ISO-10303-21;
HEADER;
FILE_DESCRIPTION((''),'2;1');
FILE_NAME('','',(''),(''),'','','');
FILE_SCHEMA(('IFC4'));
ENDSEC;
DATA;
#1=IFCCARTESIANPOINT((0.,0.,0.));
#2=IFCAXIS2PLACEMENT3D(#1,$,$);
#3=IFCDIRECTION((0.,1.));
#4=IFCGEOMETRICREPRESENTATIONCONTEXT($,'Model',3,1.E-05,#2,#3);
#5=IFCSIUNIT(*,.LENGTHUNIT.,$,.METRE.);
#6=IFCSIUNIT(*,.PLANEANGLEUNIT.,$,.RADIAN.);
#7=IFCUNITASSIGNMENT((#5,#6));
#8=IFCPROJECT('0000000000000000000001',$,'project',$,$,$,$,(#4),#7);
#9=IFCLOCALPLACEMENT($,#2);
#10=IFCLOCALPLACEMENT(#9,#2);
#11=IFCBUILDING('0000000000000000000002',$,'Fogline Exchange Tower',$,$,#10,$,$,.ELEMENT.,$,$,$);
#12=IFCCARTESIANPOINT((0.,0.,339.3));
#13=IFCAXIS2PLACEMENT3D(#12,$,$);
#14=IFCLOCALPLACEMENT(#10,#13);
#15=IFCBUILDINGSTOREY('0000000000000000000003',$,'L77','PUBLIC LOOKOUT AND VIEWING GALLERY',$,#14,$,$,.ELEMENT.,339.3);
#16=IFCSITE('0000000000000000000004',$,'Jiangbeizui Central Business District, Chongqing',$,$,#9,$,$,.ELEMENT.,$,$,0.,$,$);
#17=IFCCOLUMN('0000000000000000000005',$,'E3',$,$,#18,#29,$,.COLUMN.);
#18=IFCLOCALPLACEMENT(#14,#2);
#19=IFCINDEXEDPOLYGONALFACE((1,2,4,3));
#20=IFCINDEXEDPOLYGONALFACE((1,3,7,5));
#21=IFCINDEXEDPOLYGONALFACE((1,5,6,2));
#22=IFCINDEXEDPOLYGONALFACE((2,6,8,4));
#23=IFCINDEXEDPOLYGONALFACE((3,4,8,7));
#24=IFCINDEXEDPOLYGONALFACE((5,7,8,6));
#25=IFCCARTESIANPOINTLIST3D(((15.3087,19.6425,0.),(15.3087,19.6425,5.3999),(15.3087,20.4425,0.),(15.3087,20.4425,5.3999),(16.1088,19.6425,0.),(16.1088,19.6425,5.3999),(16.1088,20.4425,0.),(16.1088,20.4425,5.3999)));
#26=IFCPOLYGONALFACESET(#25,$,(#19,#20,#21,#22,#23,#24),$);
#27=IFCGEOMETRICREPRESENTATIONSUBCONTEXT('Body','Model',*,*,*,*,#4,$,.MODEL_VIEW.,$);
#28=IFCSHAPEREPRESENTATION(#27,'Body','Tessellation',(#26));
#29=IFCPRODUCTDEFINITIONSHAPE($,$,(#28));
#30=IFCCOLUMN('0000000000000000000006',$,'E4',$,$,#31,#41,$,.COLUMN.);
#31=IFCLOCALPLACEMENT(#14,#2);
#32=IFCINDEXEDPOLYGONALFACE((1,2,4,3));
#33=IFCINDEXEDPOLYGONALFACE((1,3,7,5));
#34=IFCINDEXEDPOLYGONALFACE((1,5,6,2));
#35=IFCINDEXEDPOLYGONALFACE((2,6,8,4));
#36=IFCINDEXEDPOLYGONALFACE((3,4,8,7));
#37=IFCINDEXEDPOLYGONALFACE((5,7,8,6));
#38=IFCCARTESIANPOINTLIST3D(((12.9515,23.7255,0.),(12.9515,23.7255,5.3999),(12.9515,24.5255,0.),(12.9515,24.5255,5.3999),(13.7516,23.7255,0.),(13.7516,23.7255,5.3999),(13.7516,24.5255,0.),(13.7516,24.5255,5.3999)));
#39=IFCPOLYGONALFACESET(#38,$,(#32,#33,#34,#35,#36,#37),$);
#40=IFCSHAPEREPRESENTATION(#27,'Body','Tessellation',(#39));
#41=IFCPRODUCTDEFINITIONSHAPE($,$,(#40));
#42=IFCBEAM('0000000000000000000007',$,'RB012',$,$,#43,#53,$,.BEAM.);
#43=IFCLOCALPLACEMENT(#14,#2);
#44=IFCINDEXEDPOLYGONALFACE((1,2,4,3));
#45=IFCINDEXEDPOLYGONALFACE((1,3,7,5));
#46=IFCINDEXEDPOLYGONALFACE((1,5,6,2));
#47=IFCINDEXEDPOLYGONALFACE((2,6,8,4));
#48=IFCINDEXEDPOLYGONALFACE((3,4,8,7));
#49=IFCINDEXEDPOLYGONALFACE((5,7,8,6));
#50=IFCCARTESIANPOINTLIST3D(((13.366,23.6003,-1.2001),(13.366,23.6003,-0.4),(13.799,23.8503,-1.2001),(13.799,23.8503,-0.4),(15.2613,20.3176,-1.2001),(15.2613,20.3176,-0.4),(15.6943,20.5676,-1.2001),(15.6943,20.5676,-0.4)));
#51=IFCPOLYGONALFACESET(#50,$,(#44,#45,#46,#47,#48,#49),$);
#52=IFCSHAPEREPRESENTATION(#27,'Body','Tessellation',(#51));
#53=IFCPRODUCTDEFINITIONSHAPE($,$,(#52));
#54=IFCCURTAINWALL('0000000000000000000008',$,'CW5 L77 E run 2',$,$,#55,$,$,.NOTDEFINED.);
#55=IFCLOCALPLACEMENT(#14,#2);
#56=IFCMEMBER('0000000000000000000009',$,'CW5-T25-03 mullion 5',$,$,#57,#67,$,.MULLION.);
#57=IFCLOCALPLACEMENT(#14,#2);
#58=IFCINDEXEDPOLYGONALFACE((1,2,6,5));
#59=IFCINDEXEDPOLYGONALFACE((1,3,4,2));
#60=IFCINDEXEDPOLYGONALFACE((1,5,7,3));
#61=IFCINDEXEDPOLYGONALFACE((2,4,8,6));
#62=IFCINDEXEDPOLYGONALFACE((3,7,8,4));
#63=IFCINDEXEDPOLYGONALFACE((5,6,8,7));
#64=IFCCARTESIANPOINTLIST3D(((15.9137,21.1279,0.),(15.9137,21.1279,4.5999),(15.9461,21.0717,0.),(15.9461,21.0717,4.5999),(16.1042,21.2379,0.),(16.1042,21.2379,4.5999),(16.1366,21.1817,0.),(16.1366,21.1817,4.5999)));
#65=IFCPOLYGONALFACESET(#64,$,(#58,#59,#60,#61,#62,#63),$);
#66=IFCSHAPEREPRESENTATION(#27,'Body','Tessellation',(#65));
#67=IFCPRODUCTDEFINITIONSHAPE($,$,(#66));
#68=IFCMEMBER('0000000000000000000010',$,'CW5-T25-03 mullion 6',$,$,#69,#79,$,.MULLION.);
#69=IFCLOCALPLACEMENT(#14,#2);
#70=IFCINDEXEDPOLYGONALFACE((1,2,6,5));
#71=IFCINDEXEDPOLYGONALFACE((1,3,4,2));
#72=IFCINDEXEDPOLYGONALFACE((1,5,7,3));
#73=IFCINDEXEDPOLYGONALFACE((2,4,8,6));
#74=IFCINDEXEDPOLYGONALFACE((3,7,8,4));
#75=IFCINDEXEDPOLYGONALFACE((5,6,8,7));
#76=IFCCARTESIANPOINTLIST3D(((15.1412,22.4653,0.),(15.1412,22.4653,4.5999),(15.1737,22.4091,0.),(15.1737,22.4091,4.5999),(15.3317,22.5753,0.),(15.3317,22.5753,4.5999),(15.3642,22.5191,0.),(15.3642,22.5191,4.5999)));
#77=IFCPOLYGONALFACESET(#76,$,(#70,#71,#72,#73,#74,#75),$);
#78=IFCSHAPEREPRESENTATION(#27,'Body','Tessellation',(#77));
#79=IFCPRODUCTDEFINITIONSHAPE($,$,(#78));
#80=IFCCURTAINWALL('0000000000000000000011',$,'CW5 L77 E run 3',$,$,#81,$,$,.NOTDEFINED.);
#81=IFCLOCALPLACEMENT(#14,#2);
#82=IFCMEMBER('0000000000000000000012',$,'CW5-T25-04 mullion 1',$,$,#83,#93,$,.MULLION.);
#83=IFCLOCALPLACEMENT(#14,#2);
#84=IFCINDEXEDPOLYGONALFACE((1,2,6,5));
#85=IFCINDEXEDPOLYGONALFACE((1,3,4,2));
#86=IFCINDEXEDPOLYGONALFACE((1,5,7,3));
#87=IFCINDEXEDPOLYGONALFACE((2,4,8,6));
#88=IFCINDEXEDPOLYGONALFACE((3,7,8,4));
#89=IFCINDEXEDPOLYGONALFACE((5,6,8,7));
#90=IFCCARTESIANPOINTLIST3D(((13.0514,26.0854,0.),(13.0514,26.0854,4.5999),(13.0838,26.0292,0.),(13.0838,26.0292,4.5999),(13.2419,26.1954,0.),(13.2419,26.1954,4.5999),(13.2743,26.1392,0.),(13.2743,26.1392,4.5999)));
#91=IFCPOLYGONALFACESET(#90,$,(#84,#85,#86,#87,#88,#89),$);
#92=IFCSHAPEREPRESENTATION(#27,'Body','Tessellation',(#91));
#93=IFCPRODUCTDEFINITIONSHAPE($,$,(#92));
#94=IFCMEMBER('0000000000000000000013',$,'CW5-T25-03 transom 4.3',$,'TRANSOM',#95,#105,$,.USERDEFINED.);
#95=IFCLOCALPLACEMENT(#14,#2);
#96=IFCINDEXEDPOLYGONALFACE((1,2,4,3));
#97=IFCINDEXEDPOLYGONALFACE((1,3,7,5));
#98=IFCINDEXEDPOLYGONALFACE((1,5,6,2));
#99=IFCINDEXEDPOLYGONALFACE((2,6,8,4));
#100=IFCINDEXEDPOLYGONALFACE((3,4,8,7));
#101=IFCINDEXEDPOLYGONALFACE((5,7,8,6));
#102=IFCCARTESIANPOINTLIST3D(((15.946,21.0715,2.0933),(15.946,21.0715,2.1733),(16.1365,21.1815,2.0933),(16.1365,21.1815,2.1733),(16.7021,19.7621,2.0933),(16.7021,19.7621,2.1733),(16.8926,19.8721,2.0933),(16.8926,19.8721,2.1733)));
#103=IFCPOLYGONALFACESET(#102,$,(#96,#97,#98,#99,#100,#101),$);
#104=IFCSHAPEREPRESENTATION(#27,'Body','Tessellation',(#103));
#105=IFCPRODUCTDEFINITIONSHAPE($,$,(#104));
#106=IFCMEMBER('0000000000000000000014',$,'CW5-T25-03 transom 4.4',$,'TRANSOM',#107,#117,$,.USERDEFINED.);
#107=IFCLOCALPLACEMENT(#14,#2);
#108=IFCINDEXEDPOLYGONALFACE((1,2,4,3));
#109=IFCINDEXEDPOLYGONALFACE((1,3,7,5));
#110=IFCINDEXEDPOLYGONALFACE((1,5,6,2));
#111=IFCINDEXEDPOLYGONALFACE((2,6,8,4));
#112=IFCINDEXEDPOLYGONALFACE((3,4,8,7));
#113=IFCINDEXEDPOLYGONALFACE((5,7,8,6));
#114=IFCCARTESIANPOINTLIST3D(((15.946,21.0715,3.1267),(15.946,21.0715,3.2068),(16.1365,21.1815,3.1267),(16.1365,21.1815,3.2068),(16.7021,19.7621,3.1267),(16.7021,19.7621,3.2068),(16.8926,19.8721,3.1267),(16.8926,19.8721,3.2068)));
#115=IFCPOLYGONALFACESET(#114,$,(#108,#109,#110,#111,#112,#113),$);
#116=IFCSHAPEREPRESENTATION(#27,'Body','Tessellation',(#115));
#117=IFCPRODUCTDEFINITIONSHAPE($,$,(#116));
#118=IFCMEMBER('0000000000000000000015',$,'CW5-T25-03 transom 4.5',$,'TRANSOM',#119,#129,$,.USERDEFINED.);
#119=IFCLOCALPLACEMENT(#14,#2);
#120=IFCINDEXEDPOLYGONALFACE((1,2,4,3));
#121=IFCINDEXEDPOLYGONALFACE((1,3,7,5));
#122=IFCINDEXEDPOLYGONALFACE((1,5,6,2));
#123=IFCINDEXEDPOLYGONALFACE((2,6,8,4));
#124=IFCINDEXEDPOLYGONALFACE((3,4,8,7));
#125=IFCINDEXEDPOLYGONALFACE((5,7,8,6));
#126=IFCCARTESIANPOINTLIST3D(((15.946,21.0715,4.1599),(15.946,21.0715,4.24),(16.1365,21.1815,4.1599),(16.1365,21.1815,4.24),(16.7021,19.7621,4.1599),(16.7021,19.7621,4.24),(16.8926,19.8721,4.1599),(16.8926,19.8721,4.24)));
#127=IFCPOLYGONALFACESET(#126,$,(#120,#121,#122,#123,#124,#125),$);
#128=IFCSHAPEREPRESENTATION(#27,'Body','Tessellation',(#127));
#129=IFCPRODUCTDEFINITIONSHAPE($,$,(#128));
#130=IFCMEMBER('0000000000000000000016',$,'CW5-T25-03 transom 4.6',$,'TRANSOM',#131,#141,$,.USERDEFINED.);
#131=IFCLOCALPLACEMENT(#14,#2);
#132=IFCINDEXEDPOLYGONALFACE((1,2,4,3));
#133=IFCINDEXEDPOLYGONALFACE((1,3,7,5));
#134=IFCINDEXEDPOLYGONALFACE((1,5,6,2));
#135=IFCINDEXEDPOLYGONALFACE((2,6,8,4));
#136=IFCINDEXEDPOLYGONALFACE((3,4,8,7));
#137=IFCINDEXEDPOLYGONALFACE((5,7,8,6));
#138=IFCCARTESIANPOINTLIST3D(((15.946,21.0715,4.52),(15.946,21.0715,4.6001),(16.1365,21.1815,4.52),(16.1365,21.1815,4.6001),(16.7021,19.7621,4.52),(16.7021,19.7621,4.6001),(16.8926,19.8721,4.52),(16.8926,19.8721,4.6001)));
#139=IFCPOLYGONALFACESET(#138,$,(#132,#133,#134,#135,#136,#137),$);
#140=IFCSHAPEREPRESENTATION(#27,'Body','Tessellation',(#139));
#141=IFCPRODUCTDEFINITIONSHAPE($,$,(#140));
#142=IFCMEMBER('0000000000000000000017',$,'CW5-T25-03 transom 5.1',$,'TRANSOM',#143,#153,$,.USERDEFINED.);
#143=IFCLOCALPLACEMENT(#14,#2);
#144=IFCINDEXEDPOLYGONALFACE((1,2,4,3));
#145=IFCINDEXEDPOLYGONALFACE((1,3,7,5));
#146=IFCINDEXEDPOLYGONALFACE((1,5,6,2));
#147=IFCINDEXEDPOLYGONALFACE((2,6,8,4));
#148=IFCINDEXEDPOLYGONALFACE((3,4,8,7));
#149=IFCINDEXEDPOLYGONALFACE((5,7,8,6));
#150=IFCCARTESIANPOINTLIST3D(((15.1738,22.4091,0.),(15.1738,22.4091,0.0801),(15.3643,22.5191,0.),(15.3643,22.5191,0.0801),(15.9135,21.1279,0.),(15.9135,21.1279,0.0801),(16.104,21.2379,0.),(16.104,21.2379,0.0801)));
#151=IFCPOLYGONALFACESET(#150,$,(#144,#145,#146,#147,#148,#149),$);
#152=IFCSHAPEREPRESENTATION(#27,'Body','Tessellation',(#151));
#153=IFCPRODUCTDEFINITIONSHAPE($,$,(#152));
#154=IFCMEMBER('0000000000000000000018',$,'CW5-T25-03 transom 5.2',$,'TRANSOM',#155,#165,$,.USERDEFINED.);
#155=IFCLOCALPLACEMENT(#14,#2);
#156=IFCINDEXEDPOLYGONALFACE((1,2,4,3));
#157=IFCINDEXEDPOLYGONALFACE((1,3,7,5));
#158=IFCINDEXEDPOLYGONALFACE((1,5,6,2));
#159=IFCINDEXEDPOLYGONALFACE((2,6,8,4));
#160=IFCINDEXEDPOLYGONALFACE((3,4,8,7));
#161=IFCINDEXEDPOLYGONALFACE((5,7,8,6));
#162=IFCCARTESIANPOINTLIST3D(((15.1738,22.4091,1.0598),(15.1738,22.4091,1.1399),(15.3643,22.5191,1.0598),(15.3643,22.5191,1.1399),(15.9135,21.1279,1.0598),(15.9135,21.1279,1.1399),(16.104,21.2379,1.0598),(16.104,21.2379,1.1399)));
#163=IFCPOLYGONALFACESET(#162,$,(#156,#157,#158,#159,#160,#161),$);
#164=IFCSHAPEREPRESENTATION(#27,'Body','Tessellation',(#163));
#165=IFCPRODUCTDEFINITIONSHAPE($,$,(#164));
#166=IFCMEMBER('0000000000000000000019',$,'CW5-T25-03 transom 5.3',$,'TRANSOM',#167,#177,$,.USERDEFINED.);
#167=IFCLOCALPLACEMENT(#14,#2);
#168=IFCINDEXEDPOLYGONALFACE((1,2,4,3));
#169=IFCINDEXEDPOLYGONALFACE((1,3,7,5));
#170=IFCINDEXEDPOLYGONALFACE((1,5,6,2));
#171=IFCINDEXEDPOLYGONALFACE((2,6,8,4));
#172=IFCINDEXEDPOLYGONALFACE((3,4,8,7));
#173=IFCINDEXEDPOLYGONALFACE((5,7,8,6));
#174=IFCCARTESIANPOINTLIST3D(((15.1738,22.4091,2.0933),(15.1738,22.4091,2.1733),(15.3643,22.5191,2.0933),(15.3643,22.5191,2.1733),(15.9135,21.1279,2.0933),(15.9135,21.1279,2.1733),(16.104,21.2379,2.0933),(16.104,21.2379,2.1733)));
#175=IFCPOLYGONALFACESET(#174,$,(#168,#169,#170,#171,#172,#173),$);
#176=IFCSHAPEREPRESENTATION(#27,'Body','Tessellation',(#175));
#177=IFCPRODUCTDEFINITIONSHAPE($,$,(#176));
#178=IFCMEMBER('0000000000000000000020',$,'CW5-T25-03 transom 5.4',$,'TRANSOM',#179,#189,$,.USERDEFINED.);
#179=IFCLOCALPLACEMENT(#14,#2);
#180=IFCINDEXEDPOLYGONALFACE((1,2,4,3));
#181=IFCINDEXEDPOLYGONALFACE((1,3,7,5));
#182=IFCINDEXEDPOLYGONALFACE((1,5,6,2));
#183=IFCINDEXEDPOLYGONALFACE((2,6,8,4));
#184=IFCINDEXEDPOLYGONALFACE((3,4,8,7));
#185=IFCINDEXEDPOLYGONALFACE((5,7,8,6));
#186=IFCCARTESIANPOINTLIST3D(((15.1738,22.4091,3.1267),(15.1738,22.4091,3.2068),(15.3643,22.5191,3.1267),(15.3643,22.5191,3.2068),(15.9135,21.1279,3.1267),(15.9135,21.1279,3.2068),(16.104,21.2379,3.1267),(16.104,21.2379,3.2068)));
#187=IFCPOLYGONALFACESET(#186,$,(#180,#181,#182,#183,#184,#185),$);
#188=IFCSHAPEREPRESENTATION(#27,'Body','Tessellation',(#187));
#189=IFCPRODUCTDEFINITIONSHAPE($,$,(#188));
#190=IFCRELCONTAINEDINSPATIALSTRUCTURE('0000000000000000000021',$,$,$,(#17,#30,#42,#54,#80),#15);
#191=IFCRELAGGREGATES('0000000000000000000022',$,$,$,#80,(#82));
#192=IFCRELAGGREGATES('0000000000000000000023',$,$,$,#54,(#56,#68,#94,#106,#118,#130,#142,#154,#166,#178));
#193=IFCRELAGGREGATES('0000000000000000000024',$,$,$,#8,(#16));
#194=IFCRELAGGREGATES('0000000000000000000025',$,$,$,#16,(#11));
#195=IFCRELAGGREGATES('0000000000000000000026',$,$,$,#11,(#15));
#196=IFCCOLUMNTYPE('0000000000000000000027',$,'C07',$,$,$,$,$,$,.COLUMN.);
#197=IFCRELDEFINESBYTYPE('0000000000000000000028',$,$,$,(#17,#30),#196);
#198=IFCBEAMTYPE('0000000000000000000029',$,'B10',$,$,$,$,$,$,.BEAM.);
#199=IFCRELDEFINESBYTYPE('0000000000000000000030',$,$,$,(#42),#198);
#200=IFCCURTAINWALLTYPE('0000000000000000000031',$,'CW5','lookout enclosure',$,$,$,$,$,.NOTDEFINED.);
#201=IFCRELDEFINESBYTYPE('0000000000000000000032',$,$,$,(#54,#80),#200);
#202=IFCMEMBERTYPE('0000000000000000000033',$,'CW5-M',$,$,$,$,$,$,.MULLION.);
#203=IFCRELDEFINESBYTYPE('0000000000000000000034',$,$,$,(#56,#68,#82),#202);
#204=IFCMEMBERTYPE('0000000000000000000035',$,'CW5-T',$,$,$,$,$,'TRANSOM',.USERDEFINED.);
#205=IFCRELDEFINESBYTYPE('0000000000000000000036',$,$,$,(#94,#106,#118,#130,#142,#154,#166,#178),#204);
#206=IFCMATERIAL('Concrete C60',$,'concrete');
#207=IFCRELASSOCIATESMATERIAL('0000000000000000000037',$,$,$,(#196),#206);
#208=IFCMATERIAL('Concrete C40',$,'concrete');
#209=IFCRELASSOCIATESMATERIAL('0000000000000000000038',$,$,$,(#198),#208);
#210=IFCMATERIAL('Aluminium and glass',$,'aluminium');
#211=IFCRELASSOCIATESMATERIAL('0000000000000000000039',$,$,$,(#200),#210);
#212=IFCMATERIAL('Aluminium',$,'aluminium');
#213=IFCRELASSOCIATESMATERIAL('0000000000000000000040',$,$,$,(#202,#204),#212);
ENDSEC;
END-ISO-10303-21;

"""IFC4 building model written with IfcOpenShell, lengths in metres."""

from ifc_helpers import new_model, si_unit, direction, frame, origin, origin_2d, place, context, subcontext, project, spatial, rectangle, extrude, material, material_profile, profile_set, type_object, element, aggregate, save


model = new_model("IFC4")

# Units and contexts
model_context = context("Model", 3, precision=1e-05, world=origin(), true_north=direction((0.0, 1.0)))
body_context = subcontext(model_context, "Body", "Model", "MODEL_VIEW")
ifc_project = project(units=[si_unit("LENGTHUNIT", "METRE"), si_unit("PLANEANGLEUNIT", "RADIAN")], contexts=[model_context])

# Site, building, storey
site_placement = place(None, origin())
site = spatial("IfcSite", under=ifc_project, at=site_placement, Name="Jiangbeizui Central Business District, Chongqing", CompositionType="ELEMENT", RefElevation=0.0)
building_placement = place(site_placement, origin())
building = spatial("IfcBuilding", under=site, at=building_placement, Name="Fogline Exchange Tower", CompositionType="ELEMENT")
storey_placement = place(building_placement, frame((0.0, 0.0, 339.3)))
storey = spatial("IfcBuildingStorey", under=building, at=storey_placement, Name="L77", Description="PUBLIC LOOKOUT AND VIEWING GALLERY", CompositionType="ELEMENT", Elevation=339.3)

# Columns
ifc_material_1 = material(Name="Concrete C60", Category="concrete")
ifc_material_profile_1 = material_profile(ifc_material_1, rectangle(XDim=0.8, YDim=0.8, at=origin_2d()), Name="RC 800x800")
ifc_profile_set_1 = profile_set([ifc_material_profile_1], Name="Concrete C60")
column_type = type_object("IfcColumnType", Name="C07", PredefinedType="COLUMN", material=ifc_profile_set_1)
for number, where, z_axis, x_axis, name in (
    (1, (15.7087, 20.0425, 0.0), (0.0, 0.0, 1.0), (1.0, 0.0, 0.0), "E3"),
    (2, (13.3516, 24.1255, 0.0), (0.0, 0.0, 1.0), (1.0, 0.0, 0.0), "E4"),
):
    element("IfcColumn", number, at=place(storey_placement, frame(where, z_axis=z_axis, x_axis=x_axis)), inside=storey, type_object=column_type, Name=name, PredefinedType="COLUMN", context=body_context, shape_type="SweptSolid", body=[
        extrude(rectangle(XDim=0.8, YDim=0.8, at=origin_2d()), origin(), (0.0, 0.0, 1.0), 5.3999),
    ])

# Beam
ifc_material_2 = material(Name="Concrete C40", Category="concrete")
ifc_material_profile_2 = material_profile(ifc_material_2, rectangle(XDim=0.5, YDim=0.8, at=origin_2d()), Name="RC 500x800")
ifc_profile_set_2 = profile_set([ifc_material_profile_2], Name="Concrete C40")
beam_type = type_object("IfcBeamType", Name="B10", PredefinedType="BEAM", material=ifc_profile_set_2)
beam_placement = place(storey_placement, frame((15.4778, 20.4426, -0.8), z_axis=(-0.499998, 0.866027, 0.0), x_axis=(-0.866027, -0.499998, 0.0)))
element("IfcBeam", 3, at=beam_placement, inside=storey, type_object=beam_type, Name="RB012", PredefinedType="BEAM", context=body_context, shape_type="SweptSolid", body=[
    extrude(rectangle(XDim=0.5, YDim=0.8, at=origin_2d()), origin(), (0.0, 0.0, 1.0), 3.7905),
])

# Curtain wall, members
ifc_material_3 = material(Name="Aluminium and glass", Category="aluminium")
curtain_wall_type = type_object("IfcCurtainWallType", Name="CW5", Description="lookout enclosure", PredefinedType="NOTDEFINED", material=ifc_material_3)
curtain_wall_1_placement = place(storey_placement, origin())
curtain_wall_1 = element("IfcCurtainWall", 4, at=curtain_wall_1_placement, inside=storey, type_object=curtain_wall_type, Name="CW5 L77 E run 2", PredefinedType="NOTDEFINED")
ifc_material_4 = material(Name="Aluminium", Category="aluminium")
ifc_material_profile_3 = material_profile(ifc_material_4, rectangle(XDim=0.22, YDim=0.0649, at=origin_2d()), Name="Mullion 65x220")
ifc_profile_set_3 = profile_set([ifc_material_profile_3], Name="Aluminium")
member_type_1 = type_object("IfcMemberType", Name="CW5-M", PredefinedType="MULLION", material=ifc_profile_set_3)
member_1_placement = place(storey_placement, frame((16.0251, 21.1548, 0.0), z_axis=(0.0, 0.0, 1.0), x_axis=(-0.866025, -0.5, 0.0)))
member_1 = element("IfcMember", 5, at=member_1_placement, type_object=member_type_1, Name="CW5-T25-03 mullion 5", PredefinedType="MULLION", context=body_context, shape_type="SweptSolid", body=[
    extrude(rectangle(XDim=0.22, YDim=0.0649, at=origin_2d()), origin(), (0.0, 0.0, 1.0), 4.5999),
])
member_2_placement = place(storey_placement, frame((15.2527, 22.4922, 0.0), z_axis=(0.0, 0.0, 1.0), x_axis=(-0.866025, -0.5, 0.0)))
member_2 = element("IfcMember", 6, at=member_2_placement, type_object=member_type_1, Name="CW5-T25-03 mullion 6", PredefinedType="MULLION", context=body_context, shape_type="SweptSolid", body=[
    extrude(rectangle(XDim=0.22, YDim=0.0649, at=origin_2d()), origin(), (0.0, 0.0, 1.0), 4.5999),
])

# Curtain wall, member
curtain_wall_2_placement = place(storey_placement, origin())
curtain_wall_2 = element("IfcCurtainWall", 7, at=curtain_wall_2_placement, inside=storey, type_object=curtain_wall_type, Name="CW5 L77 E run 3", PredefinedType="NOTDEFINED")
member_3_placement = place(storey_placement, frame((13.1628, 26.1123, 0.0), z_axis=(0.0, 0.0, 1.0), x_axis=(-0.866025, -0.5, 0.0)))
member_3 = element("IfcMember", 8, at=member_3_placement, type_object=member_type_1, Name="CW5-T25-04 mullion 1", PredefinedType="MULLION", context=body_context, shape_type="SweptSolid", body=[
    extrude(rectangle(XDim=0.22, YDim=0.0649, at=origin_2d()), origin(), (0.0, 0.0, 1.0), 4.5999),
])

# Members
ifc_material_profile_4 = material_profile(ifc_material_4, rectangle(XDim=0.22, YDim=0.0801, at=origin_2d()), Name="Transom 80x220")
ifc_profile_set_4 = profile_set([ifc_material_profile_4], Name="Aluminium")
member_type_2 = type_object("IfcMemberType", Name="CW5-T", ElementType="TRANSOM", PredefinedType="USERDEFINED", material=ifc_profile_set_4)
member_4_placement = place(storey_placement, frame((16.7974, 19.8171, 2.1333), z_axis=(-0.500081, 0.865979, 0.0), x_axis=(-0.865979, -0.500081, 0.0)))
member_4 = element("IfcMember", 9, at=member_4_placement, type_object=member_type_2, Name="CW5-T25-03 transom 4.3", ObjectType="TRANSOM", PredefinedType="USERDEFINED", context=body_context, shape_type="SweptSolid", body=[
    extrude(rectangle(XDim=0.22, YDim=0.0801, at=origin_2d()), origin(), (0.0, 0.0, 1.0), 1.512),
])
member_5_placement = place(storey_placement, frame((16.7974, 19.8171, 3.1667), z_axis=(-0.500081, 0.865979, 0.0), x_axis=(-0.865979, -0.500081, 0.0)))
member_5 = element("IfcMember", 10, at=member_5_placement, type_object=member_type_2, Name="CW5-T25-03 transom 4.4", ObjectType="TRANSOM", PredefinedType="USERDEFINED", context=body_context, shape_type="SweptSolid", body=[
    extrude(rectangle(XDim=0.22, YDim=0.0801, at=origin_2d()), origin(), (0.0, 0.0, 1.0), 1.512),
])
member_6_placement = place(storey_placement, frame((16.7974, 19.8171, 4.2), z_axis=(-0.500081, 0.865979, 0.0), x_axis=(-0.865979, -0.500081, 0.0)))
member_6 = element("IfcMember", 11, at=member_6_placement, type_object=member_type_2, Name="CW5-T25-03 transom 4.5", ObjectType="TRANSOM", PredefinedType="USERDEFINED", context=body_context, shape_type="SweptSolid", body=[
    extrude(rectangle(XDim=0.22, YDim=0.0801, at=origin_2d()), origin(), (0.0, 0.0, 1.0), 1.512),
])
member_7_placement = place(storey_placement, frame((16.7974, 19.8171, 4.5601), z_axis=(-0.500081, 0.865979, 0.0), x_axis=(-0.865979, -0.500081, 0.0)))
member_7 = element("IfcMember", 12, at=member_7_placement, type_object=member_type_2, Name="CW5-T25-03 transom 4.6", ObjectType="TRANSOM", PredefinedType="USERDEFINED", context=body_context, shape_type="SweptSolid", body=[
    extrude(rectangle(XDim=0.22, YDim=0.0801, at=origin_2d()), origin(), (0.0, 0.0, 1.0), 1.512),
])
member_8_placement = place(storey_placement, frame((16.0088, 21.1829, 0.04), z_axis=(-0.500008, 0.866021, 0.0), x_axis=(-0.866021, -0.500008, 0.0)))
member_8 = element("IfcMember", 13, at=member_8_placement, type_object=member_type_2, Name="CW5-T25-03 transom 5.1", ObjectType="TRANSOM", PredefinedType="USERDEFINED", context=body_context, shape_type="SweptSolid", body=[
    extrude(rectangle(XDim=0.22, YDim=0.0801, at=origin_2d()), origin(), (0.0, 0.0, 1.0), 1.4795),
])
member_9_placement = place(storey_placement, frame((16.0088, 21.1829, 1.0999), z_axis=(-0.500008, 0.866021, 0.0), x_axis=(-0.866021, -0.500008, 0.0)))
member_9 = element("IfcMember", 14, at=member_9_placement, type_object=member_type_2, Name="CW5-T25-03 transom 5.2", ObjectType="TRANSOM", PredefinedType="USERDEFINED", context=body_context, shape_type="SweptSolid", body=[
    extrude(rectangle(XDim=0.22, YDim=0.0801, at=origin_2d()), origin(), (0.0, 0.0, 1.0), 1.4795),
])
member_10_placement = place(storey_placement, frame((16.0088, 21.1829, 2.1333), z_axis=(-0.500008, 0.866021, 0.0), x_axis=(-0.866021, -0.500008, 0.0)))
member_10 = element("IfcMember", 15, at=member_10_placement, type_object=member_type_2, Name="CW5-T25-03 transom 5.3", ObjectType="TRANSOM", PredefinedType="USERDEFINED", context=body_context, shape_type="SweptSolid", body=[
    extrude(rectangle(XDim=0.22, YDim=0.0801, at=origin_2d()), origin(), (0.0, 0.0, 1.0), 1.4795),
])
member_11_placement = place(storey_placement, frame((16.0088, 21.1829, 3.1667), z_axis=(-0.500008, 0.866021, 0.0), x_axis=(-0.866021, -0.500008, 0.0)))
member_11 = element("IfcMember", 16, at=member_11_placement, type_object=member_type_2, Name="CW5-T25-03 transom 5.4", ObjectType="TRANSOM", PredefinedType="USERDEFINED", context=body_context, shape_type="SweptSolid", body=[
    extrude(rectangle(XDim=0.22, YDim=0.0801, at=origin_2d()), origin(), (0.0, 0.0, 1.0), 1.4795),
])
aggregate(curtain_wall_2, [member_3])

aggregate(curtain_wall_1, [member_1, member_2, member_4, member_5, member_6, member_7, member_8, member_9, member_10, member_11])

save(model, "model.ifc")
